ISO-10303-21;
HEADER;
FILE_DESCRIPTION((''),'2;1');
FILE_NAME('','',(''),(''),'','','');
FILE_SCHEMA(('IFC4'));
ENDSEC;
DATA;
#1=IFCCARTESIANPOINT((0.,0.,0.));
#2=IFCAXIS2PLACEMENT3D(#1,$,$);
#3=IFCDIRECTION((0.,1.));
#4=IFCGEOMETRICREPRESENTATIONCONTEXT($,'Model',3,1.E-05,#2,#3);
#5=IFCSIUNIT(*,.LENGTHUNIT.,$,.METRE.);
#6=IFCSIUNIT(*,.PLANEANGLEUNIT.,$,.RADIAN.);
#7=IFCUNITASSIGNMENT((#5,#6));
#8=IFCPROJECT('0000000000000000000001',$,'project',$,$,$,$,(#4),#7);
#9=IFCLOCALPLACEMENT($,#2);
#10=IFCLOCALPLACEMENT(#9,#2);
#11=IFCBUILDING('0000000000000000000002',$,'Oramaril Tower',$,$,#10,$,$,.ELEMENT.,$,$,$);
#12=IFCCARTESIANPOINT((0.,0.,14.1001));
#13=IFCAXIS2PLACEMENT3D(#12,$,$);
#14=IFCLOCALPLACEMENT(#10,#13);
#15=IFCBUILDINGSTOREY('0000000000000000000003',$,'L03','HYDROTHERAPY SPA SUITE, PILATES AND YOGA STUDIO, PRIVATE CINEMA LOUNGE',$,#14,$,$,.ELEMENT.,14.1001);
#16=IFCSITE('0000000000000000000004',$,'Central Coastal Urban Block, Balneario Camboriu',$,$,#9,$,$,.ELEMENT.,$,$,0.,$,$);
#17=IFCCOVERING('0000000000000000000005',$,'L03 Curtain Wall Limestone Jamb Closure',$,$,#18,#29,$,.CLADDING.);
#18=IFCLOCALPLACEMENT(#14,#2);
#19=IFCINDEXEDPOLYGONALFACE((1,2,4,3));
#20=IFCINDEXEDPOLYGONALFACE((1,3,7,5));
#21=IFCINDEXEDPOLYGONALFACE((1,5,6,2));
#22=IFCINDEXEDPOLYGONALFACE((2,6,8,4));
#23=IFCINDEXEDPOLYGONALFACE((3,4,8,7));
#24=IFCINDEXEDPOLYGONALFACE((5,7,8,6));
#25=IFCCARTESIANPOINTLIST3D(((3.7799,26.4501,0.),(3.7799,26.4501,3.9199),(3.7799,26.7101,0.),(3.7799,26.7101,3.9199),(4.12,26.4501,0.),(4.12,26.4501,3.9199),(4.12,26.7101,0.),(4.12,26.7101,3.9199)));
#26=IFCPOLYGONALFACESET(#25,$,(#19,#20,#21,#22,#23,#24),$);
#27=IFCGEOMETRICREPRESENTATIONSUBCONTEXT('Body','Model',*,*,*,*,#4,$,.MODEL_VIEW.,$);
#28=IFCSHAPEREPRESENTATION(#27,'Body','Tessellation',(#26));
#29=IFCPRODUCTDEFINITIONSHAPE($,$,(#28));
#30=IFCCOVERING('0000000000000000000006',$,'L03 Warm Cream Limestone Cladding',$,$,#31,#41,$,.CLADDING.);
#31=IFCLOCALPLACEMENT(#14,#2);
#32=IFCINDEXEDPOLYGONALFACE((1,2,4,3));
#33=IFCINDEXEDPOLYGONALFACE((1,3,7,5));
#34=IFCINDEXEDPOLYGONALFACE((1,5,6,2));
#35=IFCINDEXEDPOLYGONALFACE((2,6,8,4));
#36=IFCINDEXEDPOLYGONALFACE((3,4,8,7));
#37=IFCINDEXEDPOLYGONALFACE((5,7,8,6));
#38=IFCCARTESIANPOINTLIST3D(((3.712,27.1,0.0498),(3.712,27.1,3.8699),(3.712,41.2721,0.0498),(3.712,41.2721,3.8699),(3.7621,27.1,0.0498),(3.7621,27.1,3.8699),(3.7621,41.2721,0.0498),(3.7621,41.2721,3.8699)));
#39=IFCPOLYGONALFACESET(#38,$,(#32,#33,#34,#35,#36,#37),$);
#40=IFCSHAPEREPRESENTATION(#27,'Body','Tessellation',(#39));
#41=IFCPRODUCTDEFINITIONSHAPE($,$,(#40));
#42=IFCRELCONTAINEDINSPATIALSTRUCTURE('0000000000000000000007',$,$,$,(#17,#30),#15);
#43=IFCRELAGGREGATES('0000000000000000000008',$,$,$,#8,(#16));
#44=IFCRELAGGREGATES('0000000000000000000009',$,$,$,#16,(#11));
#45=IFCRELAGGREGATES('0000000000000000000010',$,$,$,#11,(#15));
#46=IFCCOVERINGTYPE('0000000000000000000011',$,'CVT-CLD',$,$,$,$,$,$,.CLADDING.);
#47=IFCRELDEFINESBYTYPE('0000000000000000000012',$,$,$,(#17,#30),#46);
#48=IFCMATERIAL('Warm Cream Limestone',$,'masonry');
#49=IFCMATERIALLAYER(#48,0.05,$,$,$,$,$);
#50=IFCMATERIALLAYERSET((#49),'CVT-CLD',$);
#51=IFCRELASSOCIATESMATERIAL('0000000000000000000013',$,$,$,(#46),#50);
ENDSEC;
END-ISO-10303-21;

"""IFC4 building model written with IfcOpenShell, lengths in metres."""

from ifc_helpers import new_model, si_unit, direction, frame, origin, origin_2d, place, context, subcontext, project, spatial, rectangle, extrude, material, layer, layer_set, type_object, element, save


model = new_model("IFC4")

# Units and contexts
model_context = context("Model", 3, precision=1e-05, world=origin(), true_north=direction((0.0, 1.0)))
body_context = subcontext(model_context, "Body", "Model", "MODEL_VIEW")
ifc_project = project(units=[si_unit("LENGTHUNIT", "METRE"), si_unit("PLANEANGLEUNIT", "RADIAN")], contexts=[model_context])

# Site, building, storey
site_placement = place(None, origin())
site = spatial("IfcSite", under=ifc_project, at=site_placement, Name="Central Coastal Urban Block, Balneario Camboriu", CompositionType="ELEMENT", RefElevation=0.0)
building_placement = place(site_placement, origin())
building = spatial("IfcBuilding", under=site, at=building_placement, Name="Oramaril Tower", CompositionType="ELEMENT")
storey_placement = place(building_placement, frame((0.0, 0.0, 14.1001)))
storey = spatial("IfcBuildingStorey", under=building, at=storey_placement, Name="L03", Description="HYDROTHERAPY SPA SUITE, PILATES AND YOGA STUDIO, PRIVATE CINEMA LOUNGE", CompositionType="ELEMENT", Elevation=14.1001)

# Coverings
ifc_material_1 = material(Name="Warm Cream Limestone", Category="masonry")
ifc_layer_1 = layer(ifc_material_1, 0.05)
ifc_layer_set_1 = layer_set([ifc_layer_1], Name="CVT-CLD")
covering_type = type_object("IfcCoveringType", Name="CVT-CLD", PredefinedType="CLADDING", material=ifc_layer_set_1)
covering_1_placement = place(storey_placement, frame((3.95, 26.5801, 0.0), z_axis=(0.0, 0.0, 1.0), x_axis=(0.0, -1.0, 0.0)))
element("IfcCovering", 1, at=covering_1_placement, inside=storey, type_object=covering_type, Name="L03 Curtain Wall Limestone Jamb Closure", PredefinedType="CLADDING", context=body_context, shape_type="SweptSolid", body=[
    extrude(rectangle(XDim=0.26, YDim=0.3401, at=origin_2d()), origin(), (0.0, 0.0, 1.0), 3.9199),
])
covering_2_placement = place(storey_placement, frame((3.7371, 34.186, 0.0498), z_axis=(0.0, 0.0, 1.0), x_axis=(0.0, -1.0, 0.0)))
element("IfcCovering", 2, at=covering_2_placement, inside=storey, type_object=covering_type, Name="L03 Warm Cream Limestone Cladding", PredefinedType="CLADDING", context=body_context, shape_type="SweptSolid", body=[
    extrude(rectangle(XDim=14.1721, YDim=0.05, at=origin_2d()), origin(), (0.0, 0.0, 1.0), 3.8201),
])

save(model, "model.ifc")
